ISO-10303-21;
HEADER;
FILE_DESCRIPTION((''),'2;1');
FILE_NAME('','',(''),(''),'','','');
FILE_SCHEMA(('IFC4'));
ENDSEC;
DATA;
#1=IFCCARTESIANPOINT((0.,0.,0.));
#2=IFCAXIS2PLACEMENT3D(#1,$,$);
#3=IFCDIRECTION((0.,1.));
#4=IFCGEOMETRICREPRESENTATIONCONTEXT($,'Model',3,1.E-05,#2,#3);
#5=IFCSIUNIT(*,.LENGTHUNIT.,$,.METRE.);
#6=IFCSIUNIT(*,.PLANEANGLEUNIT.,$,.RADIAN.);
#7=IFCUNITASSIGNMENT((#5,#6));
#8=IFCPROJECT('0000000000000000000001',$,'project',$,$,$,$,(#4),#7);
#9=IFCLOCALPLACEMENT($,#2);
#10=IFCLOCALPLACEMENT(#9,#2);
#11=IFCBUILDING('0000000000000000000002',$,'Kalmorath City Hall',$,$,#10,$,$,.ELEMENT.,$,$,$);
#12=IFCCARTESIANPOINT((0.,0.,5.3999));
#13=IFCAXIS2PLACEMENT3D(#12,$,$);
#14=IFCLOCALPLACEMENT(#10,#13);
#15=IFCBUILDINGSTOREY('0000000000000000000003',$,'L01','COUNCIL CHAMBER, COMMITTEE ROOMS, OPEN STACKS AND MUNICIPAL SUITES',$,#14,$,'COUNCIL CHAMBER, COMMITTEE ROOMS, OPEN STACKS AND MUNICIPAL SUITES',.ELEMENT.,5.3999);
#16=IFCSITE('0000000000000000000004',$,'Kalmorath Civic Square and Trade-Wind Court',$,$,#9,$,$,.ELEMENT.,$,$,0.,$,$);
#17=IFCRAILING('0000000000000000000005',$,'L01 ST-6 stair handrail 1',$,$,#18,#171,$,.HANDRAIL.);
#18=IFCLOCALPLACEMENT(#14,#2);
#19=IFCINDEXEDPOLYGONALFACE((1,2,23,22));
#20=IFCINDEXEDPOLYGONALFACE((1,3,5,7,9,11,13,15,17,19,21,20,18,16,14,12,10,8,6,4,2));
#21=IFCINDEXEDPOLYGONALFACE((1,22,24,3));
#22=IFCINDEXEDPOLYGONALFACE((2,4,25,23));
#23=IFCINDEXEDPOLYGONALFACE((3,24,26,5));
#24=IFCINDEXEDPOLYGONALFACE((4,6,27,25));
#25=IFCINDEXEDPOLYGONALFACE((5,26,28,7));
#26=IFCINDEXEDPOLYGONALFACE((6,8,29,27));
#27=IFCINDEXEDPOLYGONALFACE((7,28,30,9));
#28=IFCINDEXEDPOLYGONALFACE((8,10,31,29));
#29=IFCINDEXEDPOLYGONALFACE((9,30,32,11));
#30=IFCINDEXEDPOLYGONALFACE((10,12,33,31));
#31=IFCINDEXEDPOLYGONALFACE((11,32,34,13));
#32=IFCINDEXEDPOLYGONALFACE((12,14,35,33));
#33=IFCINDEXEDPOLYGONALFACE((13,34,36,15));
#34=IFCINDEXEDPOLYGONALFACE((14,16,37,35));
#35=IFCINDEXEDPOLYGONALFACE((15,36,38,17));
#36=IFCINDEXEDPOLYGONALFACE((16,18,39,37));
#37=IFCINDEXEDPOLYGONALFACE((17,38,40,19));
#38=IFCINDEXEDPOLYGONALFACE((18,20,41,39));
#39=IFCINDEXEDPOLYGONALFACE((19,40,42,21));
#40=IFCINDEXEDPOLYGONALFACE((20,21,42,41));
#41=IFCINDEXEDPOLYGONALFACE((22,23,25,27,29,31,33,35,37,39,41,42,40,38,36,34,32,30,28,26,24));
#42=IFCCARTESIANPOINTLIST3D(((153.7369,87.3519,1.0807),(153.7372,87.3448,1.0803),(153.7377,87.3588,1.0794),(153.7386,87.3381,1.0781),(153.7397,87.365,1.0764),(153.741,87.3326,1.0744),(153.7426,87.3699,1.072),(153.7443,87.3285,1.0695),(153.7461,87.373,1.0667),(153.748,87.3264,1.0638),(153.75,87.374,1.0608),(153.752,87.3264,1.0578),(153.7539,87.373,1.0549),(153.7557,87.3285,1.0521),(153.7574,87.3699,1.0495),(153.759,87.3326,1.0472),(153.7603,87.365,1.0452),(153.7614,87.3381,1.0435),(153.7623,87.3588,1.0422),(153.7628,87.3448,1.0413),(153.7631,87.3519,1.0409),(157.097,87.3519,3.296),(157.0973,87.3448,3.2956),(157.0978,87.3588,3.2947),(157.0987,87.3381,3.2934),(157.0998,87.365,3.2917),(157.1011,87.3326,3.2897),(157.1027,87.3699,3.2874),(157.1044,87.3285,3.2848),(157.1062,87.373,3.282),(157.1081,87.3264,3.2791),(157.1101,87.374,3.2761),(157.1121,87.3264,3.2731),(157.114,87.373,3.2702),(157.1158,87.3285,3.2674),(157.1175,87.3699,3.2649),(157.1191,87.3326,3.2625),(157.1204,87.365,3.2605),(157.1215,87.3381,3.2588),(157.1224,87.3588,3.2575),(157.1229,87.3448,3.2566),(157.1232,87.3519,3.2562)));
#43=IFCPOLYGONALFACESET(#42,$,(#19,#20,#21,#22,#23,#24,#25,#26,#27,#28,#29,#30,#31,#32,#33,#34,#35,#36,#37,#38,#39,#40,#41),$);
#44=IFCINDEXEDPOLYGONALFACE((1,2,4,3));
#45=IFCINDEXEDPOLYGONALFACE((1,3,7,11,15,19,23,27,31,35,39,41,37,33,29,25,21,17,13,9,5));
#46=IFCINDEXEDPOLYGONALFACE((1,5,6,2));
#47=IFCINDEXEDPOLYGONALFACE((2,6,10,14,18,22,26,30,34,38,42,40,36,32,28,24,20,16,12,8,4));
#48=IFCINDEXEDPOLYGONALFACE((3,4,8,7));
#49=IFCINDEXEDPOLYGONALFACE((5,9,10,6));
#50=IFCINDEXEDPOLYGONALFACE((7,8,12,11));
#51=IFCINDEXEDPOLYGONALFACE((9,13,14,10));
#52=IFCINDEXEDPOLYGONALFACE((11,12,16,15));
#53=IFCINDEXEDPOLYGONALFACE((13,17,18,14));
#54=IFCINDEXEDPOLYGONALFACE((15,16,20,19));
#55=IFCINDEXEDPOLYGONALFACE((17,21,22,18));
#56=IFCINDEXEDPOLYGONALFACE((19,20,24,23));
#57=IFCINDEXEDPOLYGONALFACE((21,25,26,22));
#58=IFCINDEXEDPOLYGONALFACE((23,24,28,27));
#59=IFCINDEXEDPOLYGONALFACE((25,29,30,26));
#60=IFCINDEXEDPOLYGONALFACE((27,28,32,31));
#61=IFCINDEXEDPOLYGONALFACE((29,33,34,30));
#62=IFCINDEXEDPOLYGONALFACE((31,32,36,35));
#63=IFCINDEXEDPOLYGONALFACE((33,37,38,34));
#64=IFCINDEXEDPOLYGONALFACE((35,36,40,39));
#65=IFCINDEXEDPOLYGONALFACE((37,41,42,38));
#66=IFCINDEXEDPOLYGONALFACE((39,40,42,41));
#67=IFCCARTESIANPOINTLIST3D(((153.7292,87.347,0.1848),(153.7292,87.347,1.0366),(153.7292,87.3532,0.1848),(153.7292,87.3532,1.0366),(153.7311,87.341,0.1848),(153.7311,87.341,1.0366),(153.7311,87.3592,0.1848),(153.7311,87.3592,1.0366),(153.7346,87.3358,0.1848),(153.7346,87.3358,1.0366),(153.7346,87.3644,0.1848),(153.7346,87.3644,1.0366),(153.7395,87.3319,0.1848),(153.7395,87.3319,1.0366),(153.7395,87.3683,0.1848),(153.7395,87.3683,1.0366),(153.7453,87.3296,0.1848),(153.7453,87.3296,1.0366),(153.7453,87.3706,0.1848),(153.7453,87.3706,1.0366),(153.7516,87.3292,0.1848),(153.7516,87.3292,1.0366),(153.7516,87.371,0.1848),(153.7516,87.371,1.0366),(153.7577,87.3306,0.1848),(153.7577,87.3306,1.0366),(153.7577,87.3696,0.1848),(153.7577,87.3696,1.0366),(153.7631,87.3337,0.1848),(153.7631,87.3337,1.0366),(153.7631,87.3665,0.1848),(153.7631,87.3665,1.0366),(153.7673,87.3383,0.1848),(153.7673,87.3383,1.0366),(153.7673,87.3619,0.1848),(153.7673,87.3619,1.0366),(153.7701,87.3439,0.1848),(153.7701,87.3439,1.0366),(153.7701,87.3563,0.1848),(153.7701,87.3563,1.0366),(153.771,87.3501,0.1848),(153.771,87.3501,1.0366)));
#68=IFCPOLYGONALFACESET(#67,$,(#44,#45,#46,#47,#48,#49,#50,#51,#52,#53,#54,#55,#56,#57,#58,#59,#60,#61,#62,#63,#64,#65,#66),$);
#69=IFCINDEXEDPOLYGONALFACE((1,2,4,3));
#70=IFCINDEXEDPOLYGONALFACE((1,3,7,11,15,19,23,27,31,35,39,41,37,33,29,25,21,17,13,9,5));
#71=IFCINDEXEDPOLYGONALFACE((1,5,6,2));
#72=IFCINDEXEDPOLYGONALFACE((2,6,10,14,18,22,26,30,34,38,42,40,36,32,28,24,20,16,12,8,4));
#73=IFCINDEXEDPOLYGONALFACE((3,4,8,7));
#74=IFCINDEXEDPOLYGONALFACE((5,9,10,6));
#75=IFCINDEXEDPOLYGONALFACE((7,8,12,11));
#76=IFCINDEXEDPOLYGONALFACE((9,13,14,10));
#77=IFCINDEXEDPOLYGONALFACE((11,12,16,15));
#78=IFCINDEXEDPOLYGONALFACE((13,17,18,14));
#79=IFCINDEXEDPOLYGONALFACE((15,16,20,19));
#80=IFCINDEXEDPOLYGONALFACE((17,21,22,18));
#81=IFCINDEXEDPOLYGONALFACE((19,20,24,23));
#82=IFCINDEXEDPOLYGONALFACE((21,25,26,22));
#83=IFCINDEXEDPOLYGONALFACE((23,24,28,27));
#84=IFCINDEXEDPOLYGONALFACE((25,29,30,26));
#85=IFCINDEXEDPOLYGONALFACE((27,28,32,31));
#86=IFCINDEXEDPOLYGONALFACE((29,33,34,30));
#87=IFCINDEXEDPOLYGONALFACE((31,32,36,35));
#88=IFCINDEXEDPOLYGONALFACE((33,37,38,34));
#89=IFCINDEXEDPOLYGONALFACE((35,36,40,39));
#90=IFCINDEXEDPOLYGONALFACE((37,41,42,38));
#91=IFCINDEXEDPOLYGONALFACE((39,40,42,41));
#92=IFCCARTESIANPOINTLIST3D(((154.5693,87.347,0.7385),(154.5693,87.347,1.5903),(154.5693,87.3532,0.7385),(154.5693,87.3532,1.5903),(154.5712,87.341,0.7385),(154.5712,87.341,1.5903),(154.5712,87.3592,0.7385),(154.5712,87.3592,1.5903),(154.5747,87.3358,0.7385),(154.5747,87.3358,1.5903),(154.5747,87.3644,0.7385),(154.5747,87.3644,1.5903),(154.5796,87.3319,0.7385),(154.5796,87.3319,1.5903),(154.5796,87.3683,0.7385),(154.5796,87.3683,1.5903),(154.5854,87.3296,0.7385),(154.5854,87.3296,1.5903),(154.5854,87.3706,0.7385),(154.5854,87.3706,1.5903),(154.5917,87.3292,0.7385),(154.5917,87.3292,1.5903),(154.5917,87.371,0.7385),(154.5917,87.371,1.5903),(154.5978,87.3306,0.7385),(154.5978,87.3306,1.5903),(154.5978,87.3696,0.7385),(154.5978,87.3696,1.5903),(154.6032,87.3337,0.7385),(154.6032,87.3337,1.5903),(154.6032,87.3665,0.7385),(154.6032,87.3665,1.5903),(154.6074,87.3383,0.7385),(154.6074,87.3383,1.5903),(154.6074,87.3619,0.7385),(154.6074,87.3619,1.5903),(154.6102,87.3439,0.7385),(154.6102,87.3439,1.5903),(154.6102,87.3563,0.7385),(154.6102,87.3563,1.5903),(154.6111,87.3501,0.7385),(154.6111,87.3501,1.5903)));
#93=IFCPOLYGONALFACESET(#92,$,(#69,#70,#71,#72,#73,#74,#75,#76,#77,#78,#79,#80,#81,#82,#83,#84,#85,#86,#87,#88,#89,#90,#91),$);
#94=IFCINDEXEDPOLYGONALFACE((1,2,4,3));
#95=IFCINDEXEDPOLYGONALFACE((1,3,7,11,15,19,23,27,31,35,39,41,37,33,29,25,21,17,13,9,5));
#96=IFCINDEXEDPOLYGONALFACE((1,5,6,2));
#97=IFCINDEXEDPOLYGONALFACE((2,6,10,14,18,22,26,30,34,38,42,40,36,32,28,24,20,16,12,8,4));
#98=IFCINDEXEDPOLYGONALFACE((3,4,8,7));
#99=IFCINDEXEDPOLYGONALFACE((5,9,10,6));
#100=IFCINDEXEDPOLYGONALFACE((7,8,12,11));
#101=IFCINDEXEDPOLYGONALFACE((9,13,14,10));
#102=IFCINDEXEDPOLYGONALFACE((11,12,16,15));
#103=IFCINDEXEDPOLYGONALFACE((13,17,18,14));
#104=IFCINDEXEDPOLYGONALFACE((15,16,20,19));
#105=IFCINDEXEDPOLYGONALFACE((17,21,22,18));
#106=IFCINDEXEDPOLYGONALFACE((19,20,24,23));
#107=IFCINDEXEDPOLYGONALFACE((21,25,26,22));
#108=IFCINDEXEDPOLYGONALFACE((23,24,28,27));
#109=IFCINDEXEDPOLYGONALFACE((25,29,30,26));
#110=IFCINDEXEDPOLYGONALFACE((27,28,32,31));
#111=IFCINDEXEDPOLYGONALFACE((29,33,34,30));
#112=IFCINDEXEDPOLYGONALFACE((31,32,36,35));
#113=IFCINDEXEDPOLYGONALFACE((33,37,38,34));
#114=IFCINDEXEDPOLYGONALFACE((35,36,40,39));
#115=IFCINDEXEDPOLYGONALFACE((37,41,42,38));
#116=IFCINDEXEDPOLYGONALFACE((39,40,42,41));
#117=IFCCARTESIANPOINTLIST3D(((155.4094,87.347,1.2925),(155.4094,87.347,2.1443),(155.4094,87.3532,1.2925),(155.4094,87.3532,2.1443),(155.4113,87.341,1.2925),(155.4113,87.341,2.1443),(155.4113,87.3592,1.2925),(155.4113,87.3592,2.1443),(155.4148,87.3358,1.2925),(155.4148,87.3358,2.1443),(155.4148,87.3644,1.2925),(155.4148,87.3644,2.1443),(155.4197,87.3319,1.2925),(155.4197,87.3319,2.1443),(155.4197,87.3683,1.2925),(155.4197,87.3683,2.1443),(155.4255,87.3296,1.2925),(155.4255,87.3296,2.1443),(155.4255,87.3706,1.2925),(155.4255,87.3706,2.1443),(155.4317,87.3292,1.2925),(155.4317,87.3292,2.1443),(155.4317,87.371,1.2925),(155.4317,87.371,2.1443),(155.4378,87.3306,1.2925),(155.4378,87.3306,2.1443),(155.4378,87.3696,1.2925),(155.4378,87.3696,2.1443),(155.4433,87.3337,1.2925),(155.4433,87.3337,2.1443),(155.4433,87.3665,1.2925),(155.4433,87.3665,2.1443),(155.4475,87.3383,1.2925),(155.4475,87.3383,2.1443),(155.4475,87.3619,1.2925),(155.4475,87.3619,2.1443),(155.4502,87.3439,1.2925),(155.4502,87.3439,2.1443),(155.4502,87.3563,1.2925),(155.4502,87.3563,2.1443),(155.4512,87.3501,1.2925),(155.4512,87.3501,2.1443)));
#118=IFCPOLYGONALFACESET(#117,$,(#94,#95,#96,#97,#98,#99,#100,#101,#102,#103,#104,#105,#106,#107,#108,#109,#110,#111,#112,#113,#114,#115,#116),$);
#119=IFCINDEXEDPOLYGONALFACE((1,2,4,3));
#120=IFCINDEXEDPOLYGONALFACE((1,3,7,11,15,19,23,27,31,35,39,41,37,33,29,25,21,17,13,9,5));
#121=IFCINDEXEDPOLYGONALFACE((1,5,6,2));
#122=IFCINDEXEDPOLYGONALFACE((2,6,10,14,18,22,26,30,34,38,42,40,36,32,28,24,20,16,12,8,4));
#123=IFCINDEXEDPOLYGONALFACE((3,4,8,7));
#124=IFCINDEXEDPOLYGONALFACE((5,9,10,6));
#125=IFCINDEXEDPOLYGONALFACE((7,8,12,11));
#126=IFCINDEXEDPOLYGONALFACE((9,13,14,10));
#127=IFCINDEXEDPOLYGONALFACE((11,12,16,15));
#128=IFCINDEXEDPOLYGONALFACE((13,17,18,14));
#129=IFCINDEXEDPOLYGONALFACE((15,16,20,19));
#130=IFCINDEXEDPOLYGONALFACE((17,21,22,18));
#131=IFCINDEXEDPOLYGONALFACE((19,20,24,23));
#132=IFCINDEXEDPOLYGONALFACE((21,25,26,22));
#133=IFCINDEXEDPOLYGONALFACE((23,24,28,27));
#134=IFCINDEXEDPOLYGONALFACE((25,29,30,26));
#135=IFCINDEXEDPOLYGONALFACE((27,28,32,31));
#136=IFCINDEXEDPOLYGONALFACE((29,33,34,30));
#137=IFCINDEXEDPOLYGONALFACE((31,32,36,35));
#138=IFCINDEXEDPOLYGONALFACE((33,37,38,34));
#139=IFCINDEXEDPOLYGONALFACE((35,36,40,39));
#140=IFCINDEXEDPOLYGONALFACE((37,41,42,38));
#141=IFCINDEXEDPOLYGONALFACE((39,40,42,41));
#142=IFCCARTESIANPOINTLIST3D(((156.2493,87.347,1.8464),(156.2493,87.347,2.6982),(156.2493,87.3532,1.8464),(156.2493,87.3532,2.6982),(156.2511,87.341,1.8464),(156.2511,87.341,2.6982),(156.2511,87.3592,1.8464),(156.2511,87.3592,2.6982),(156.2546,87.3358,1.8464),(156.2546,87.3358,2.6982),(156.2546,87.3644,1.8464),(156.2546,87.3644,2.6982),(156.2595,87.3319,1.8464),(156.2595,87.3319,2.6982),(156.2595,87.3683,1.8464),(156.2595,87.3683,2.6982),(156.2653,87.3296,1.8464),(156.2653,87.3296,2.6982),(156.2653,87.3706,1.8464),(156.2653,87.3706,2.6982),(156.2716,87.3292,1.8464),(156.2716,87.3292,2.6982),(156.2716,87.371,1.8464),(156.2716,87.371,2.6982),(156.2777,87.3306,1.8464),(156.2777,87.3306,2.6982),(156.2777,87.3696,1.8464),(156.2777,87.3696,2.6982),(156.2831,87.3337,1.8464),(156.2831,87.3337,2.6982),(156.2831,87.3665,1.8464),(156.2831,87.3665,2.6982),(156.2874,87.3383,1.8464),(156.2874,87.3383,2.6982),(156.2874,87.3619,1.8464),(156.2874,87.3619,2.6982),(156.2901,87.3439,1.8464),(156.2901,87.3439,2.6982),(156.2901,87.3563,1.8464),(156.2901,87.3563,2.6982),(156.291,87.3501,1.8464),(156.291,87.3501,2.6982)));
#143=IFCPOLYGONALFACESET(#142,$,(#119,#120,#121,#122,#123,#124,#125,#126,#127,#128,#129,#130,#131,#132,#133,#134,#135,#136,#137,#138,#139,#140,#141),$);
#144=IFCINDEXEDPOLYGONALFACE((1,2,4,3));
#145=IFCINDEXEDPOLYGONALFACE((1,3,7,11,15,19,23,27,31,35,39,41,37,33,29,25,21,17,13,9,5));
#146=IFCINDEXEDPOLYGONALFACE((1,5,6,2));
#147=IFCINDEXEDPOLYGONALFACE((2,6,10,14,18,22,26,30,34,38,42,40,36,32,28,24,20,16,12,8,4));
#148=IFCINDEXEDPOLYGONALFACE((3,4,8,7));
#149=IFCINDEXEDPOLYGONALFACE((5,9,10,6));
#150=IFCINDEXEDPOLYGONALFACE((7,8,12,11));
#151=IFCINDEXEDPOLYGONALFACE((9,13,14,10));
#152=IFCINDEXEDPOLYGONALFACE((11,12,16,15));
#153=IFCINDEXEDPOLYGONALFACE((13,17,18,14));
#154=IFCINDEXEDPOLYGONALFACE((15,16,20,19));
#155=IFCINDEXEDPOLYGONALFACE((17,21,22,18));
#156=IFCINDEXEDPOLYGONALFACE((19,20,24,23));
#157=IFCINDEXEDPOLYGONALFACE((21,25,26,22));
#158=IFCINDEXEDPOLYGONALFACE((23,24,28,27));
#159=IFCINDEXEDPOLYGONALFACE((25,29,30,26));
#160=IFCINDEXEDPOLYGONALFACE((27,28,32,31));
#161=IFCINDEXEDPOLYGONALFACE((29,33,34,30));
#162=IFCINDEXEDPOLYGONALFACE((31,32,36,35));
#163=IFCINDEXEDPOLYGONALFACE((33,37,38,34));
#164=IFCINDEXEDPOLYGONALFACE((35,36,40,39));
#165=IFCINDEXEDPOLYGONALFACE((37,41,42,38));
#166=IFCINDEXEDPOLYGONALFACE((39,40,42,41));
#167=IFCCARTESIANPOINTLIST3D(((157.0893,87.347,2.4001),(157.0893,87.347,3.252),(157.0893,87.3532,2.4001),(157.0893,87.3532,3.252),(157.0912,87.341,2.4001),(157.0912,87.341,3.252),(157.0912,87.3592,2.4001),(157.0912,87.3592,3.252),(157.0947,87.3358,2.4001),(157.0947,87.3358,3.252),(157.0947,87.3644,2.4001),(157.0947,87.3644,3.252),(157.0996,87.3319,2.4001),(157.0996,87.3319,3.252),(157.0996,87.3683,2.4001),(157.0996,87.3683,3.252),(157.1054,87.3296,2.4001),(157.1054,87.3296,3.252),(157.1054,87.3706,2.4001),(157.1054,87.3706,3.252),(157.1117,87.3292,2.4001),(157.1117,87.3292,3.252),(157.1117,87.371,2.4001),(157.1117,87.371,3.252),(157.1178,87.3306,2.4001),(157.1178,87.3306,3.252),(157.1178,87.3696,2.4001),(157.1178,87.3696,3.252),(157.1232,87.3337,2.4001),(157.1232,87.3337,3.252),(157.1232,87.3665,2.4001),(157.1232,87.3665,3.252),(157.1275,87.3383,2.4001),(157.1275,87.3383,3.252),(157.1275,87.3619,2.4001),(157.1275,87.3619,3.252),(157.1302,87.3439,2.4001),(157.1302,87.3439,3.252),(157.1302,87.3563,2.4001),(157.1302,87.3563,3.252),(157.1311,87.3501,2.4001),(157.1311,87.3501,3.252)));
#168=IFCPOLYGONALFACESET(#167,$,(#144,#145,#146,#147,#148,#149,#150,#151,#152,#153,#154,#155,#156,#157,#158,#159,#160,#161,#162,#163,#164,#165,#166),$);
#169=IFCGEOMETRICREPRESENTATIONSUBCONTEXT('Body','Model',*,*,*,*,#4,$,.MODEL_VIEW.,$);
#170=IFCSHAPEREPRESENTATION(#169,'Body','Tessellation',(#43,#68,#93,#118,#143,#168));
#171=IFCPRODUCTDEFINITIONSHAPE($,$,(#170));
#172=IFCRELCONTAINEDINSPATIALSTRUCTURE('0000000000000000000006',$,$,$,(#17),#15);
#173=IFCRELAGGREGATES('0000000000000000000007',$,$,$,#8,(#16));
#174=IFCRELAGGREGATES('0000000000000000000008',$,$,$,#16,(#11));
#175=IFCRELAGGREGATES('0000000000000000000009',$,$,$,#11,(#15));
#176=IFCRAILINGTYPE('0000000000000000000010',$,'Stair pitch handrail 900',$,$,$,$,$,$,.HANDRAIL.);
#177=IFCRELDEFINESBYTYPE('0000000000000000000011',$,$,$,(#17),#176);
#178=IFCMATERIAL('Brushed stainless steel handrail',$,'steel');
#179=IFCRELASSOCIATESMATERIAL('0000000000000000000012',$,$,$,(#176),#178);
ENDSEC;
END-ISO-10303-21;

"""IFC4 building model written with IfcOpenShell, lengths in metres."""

from ifc_helpers import new_model, si_unit, direction, frame, origin, origin_2d, place, context, subcontext, project, spatial, circle, extrude, material, type_object, element, save


model = new_model("IFC4")

# Units and contexts
model_context = context("Model", 3, precision=1e-05, world=origin(), true_north=direction((0.0, 1.0)))
body_context = subcontext(model_context, "Body", "Model", "MODEL_VIEW")
ifc_project = project(units=[si_unit("LENGTHUNIT", "METRE"), si_unit("PLANEANGLEUNIT", "RADIAN")], contexts=[model_context])

# Site, building, storey
site_placement = place(None, origin())
site = spatial("IfcSite", under=ifc_project, at=site_placement, Name="Kalmorath Civic Square and Trade-Wind Court", CompositionType="ELEMENT", RefElevation=0.0)
building_placement = place(site_placement, origin())
building = spatial("IfcBuilding", under=site, at=building_placement, Name="Kalmorath City Hall", CompositionType="ELEMENT")
storey_placement = place(building_placement, frame((0.0, 0.0, 5.3999)))
storey = spatial("IfcBuildingStorey", under=building, at=storey_placement, Name="L01", Description="COUNCIL CHAMBER, COMMITTEE ROOMS, OPEN STACKS AND MUNICIPAL SUITES", LongName="COUNCIL CHAMBER, COMMITTEE ROOMS, OPEN STACKS AND MUNICIPAL SUITES", CompositionType="ELEMENT", Elevation=5.3999)

# Railing
ifc_material_1 = material(Name="Brushed stainless steel handrail", Category="steel")
railing_type_1 = type_object("IfcRailingType", Name="Stair pitch handrail 900", PredefinedType="HANDRAIL", material=ifc_material_1)
railing_1_placement = place(storey_placement, frame((153.75, 87.3501, 0.1848)))
element("IfcRailing", 1, at=railing_1_placement, inside=storey, type_object=railing_type_1, Name="L01 ST-6 stair handrail 1", PredefinedType="HANDRAIL", context=body_context, shape_type="SweptSolid", body=[
    extrude(circle(Radius=0.0239, at=origin_2d()), frame((0.0, 0.0, 0.876), z_axis=(0.834876, 0.0, 0.550437), x_axis=(0.0, 1.0, 0.0)), (0.0, 0.0, 1.0), 4.0247),
    extrude(circle(Radius=0.021, at=origin_2d()), origin(), (0.0, 0.0, 1.0), 0.8518),
    extrude(circle(Radius=0.021, at=origin_2d()), frame((0.8401, 0.0, 0.5537)), (0.0, 0.0, 1.0), 0.8518),
    extrude(circle(Radius=0.021, at=origin_2d()), frame((1.6802, 0.0, 1.1077)), (0.0, 0.0, 1.0), 0.8518),
    extrude(circle(Radius=0.021, at=origin_2d()), frame((2.52, 0.0, 1.6616)), (0.0, 0.0, 1.0), 0.8518),
    extrude(circle(Radius=0.021, at=origin_2d()), frame((3.3601, 0.0, 2.2153)), (0.0, 0.0, 1.0), 0.8518),
])

save(model, "model.ifc")
